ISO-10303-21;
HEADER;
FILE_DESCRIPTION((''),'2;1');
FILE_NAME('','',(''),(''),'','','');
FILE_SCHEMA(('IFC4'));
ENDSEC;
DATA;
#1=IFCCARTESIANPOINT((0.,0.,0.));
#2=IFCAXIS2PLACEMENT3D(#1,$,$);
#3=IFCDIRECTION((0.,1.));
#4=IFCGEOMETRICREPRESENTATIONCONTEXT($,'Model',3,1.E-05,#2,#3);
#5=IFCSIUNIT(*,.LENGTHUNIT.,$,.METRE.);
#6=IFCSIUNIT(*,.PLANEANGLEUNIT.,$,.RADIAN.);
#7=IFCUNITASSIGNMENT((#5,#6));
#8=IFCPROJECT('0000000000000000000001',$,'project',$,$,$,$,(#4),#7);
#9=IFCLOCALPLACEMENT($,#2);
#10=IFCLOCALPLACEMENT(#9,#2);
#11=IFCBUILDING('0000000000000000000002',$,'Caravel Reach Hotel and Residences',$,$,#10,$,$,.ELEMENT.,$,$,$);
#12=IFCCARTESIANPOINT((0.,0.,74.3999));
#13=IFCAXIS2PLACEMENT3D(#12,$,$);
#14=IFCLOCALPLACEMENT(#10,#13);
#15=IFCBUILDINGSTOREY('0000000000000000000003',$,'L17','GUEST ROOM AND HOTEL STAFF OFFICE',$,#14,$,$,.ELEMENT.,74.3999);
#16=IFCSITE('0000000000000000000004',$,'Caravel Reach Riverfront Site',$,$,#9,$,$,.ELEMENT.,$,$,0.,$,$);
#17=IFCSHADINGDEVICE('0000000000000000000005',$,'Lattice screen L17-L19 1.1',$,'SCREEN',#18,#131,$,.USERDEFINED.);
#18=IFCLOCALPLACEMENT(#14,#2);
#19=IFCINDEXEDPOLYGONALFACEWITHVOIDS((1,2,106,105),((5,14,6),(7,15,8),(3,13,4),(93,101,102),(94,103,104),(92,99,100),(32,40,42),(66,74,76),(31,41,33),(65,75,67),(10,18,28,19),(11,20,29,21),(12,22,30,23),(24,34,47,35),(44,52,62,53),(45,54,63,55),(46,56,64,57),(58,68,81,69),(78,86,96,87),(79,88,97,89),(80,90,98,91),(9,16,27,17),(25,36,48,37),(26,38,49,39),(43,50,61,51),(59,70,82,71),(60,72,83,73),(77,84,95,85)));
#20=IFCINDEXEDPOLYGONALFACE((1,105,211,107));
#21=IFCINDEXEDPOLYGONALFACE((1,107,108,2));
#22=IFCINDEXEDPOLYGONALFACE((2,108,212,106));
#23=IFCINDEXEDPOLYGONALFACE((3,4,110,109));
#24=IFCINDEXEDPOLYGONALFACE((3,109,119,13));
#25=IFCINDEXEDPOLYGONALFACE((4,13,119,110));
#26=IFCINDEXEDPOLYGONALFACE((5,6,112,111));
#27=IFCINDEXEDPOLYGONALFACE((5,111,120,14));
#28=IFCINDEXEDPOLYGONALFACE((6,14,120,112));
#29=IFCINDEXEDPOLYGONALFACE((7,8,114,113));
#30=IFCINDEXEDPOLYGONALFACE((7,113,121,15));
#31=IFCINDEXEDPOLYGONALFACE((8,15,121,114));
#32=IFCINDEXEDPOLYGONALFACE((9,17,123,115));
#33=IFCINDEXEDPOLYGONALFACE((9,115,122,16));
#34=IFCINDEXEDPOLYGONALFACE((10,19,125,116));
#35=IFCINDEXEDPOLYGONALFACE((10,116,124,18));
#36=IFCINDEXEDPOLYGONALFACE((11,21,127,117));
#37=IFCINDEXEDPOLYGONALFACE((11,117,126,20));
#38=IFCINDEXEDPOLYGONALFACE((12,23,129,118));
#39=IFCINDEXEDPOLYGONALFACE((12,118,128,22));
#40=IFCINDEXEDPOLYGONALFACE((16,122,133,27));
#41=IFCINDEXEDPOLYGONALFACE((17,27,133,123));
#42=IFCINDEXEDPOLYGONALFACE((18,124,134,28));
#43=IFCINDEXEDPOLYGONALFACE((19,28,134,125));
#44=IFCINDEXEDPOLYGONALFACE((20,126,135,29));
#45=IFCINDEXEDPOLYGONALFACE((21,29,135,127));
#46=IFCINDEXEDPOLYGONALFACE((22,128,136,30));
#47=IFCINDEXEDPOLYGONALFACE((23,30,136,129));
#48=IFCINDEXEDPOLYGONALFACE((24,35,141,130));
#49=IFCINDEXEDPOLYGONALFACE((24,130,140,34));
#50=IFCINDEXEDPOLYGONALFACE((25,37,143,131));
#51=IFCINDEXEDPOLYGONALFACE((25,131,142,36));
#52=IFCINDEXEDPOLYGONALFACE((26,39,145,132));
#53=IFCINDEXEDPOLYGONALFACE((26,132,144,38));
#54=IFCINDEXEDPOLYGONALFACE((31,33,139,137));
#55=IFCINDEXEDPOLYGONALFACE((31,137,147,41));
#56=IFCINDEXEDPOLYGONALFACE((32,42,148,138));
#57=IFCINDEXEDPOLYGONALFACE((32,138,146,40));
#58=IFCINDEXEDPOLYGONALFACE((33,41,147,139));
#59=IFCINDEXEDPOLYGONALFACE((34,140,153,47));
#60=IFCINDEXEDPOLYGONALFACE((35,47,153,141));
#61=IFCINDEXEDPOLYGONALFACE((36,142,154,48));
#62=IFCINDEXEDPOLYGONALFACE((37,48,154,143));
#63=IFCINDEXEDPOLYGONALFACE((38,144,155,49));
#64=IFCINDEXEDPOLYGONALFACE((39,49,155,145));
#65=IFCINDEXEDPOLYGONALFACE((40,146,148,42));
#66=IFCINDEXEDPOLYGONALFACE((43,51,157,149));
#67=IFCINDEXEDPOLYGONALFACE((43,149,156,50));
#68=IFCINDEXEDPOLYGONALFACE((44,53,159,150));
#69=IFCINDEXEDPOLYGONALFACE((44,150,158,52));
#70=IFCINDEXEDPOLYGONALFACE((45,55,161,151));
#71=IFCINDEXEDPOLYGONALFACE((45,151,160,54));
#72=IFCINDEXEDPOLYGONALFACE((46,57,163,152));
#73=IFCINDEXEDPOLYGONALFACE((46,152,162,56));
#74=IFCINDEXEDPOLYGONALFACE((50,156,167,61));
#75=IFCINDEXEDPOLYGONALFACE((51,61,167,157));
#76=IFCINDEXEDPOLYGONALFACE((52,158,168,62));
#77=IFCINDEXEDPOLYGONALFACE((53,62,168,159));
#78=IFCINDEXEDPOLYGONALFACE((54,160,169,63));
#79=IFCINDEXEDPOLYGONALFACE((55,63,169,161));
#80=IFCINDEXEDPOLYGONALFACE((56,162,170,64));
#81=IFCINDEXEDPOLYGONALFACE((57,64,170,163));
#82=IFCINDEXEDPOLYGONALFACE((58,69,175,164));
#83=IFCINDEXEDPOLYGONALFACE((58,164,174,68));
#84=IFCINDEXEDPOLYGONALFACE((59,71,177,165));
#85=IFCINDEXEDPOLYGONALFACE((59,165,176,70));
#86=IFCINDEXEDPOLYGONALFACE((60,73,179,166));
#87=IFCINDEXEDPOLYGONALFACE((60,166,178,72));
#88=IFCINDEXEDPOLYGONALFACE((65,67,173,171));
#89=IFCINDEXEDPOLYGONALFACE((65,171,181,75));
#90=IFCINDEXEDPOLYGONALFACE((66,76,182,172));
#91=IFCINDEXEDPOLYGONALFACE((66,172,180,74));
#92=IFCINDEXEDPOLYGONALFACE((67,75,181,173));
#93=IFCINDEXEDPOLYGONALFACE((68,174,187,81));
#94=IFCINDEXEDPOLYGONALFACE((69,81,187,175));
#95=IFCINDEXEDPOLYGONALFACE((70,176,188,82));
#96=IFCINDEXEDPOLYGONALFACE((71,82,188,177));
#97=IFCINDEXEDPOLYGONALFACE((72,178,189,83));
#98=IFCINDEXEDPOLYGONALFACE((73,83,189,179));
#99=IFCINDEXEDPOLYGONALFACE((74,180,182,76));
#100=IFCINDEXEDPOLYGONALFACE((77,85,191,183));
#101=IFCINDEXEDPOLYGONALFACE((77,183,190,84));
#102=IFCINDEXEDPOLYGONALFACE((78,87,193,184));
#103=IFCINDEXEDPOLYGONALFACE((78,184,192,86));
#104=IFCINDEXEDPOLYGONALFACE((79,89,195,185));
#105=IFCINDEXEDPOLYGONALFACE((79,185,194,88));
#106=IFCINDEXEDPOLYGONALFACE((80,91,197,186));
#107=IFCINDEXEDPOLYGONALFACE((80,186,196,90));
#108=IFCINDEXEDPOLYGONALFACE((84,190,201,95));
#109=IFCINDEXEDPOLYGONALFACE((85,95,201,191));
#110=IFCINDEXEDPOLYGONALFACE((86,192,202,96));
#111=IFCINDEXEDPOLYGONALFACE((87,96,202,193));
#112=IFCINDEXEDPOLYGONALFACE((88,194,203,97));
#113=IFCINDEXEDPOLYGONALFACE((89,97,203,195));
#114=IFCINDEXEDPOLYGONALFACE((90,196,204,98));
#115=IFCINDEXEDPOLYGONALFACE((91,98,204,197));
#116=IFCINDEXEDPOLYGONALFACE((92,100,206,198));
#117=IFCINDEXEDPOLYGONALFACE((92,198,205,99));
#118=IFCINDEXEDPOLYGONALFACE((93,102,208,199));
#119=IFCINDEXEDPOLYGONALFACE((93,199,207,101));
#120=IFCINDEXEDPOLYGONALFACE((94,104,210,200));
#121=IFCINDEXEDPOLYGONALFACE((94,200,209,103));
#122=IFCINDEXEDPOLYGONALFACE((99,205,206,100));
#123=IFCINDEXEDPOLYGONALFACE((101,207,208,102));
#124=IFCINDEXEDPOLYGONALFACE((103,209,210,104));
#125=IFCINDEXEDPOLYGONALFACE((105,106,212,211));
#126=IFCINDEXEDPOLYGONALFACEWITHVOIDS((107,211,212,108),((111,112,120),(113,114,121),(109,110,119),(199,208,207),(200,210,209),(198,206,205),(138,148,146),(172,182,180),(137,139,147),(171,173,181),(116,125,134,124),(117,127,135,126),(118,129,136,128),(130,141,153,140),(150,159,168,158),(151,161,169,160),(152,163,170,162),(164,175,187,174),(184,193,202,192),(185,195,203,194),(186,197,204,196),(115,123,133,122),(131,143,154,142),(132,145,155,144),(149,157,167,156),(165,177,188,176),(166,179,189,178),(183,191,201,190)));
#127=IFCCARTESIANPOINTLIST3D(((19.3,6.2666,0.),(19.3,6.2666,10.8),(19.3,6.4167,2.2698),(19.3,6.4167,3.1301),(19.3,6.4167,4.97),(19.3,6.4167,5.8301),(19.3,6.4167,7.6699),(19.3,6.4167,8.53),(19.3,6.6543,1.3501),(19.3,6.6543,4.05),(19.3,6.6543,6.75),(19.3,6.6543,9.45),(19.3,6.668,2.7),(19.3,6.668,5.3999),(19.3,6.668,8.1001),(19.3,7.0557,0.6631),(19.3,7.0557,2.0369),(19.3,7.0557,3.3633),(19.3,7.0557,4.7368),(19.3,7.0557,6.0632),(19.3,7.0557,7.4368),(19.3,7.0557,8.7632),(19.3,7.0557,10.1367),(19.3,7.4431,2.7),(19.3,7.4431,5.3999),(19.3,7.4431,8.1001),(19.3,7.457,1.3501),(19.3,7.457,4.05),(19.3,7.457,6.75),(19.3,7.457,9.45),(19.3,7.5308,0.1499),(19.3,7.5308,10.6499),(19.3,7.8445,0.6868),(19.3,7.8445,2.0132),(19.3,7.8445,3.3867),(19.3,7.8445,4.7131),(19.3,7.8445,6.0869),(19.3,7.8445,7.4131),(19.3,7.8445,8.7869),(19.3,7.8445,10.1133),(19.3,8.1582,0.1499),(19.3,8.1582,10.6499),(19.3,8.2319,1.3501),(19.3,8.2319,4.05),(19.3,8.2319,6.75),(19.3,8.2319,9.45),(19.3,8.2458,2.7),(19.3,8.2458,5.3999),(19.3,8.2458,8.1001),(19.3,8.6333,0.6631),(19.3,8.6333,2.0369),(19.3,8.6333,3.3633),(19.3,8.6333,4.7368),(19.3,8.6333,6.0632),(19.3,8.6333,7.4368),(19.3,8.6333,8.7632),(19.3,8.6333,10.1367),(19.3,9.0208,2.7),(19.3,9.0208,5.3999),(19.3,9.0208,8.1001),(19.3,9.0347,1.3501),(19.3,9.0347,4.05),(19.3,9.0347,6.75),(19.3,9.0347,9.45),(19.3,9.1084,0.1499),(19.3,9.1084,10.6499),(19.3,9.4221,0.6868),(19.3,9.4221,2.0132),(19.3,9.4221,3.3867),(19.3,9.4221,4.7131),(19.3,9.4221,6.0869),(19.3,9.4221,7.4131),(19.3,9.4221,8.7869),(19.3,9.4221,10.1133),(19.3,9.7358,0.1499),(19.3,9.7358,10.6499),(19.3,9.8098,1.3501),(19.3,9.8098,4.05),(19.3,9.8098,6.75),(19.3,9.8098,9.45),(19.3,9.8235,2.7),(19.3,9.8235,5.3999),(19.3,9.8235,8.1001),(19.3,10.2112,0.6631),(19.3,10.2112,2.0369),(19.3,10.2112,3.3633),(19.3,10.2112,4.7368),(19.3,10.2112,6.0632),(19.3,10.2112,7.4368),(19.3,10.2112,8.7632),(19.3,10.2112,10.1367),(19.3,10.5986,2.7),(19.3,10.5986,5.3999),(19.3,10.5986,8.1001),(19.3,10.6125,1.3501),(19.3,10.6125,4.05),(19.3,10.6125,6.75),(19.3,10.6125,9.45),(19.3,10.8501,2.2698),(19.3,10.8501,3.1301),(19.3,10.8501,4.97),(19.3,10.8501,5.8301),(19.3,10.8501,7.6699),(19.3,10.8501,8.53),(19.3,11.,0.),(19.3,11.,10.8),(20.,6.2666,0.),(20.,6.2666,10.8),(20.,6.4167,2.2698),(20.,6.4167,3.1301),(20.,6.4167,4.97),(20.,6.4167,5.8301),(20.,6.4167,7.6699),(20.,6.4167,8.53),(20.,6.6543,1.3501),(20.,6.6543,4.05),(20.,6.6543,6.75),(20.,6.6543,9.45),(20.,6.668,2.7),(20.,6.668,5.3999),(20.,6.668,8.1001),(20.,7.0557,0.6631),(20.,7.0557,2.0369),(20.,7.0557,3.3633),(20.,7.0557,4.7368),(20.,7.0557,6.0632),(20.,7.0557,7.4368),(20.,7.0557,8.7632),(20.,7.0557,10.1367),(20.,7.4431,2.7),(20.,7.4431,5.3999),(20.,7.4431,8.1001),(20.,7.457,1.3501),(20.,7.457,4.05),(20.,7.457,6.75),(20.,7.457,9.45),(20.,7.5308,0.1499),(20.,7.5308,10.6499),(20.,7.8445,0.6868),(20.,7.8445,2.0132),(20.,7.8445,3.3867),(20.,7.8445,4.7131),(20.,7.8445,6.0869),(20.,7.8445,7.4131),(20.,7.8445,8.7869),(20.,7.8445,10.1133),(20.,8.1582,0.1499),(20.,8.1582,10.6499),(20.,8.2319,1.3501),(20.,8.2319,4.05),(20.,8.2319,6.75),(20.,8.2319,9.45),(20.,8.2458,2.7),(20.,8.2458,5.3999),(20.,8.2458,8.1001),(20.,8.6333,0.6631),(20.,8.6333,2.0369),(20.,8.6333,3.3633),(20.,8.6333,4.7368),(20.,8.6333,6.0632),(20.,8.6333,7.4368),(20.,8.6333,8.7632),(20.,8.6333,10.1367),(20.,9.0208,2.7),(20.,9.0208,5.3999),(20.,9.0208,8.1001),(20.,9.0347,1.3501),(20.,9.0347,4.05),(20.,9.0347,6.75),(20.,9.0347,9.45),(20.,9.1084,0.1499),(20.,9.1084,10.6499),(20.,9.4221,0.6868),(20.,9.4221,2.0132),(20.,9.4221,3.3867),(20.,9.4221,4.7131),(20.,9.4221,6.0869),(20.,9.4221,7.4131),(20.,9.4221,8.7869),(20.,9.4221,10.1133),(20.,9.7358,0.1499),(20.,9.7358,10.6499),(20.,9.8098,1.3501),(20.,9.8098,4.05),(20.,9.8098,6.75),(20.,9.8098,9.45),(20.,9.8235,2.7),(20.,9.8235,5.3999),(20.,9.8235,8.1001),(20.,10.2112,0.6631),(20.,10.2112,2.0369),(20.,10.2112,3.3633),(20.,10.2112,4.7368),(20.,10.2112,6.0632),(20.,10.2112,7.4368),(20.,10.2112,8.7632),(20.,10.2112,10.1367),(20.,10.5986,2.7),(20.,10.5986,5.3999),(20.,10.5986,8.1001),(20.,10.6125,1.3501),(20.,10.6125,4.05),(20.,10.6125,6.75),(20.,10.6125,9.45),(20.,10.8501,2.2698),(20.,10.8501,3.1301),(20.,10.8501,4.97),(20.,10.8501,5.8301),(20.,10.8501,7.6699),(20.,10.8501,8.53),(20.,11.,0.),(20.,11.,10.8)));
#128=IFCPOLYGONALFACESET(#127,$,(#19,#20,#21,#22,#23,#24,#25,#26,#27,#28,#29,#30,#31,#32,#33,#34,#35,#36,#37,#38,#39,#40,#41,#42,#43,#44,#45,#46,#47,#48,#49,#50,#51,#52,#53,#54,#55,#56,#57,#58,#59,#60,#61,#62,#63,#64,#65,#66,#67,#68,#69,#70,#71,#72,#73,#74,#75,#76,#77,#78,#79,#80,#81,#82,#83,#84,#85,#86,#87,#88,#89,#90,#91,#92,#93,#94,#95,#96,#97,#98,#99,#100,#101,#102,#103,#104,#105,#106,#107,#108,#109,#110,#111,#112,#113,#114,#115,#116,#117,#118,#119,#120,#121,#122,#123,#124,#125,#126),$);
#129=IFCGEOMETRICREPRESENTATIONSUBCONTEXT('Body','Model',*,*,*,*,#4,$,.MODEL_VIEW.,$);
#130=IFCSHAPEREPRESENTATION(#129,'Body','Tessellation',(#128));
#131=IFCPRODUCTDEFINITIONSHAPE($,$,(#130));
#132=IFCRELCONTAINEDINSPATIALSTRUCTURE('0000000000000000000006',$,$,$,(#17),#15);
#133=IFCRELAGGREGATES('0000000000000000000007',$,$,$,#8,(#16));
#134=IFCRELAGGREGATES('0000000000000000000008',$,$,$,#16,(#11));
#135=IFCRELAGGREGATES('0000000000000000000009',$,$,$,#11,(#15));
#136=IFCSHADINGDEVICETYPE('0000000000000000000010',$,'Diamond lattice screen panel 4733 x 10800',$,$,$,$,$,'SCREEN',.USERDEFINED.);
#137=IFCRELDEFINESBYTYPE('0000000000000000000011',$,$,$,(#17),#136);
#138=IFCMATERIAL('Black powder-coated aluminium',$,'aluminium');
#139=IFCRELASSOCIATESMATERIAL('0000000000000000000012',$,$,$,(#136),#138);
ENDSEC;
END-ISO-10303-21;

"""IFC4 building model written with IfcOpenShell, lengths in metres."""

from ifc_helpers import new_model, si_unit, direction, frame, origin, place, context, subcontext, project, spatial, polyline, outline, extrude, material, type_object, element, save


model = new_model("IFC4")

# Units and contexts
model_context = context("Model", 3, precision=1e-05, world=origin(), true_north=direction((0.0, 1.0)))
body_context = subcontext(model_context, "Body", "Model", "MODEL_VIEW")
ifc_project = project(units=[si_unit("LENGTHUNIT", "METRE"), si_unit("PLANEANGLEUNIT", "RADIAN")], contexts=[model_context])

# Site, building, storey
site_placement = place(None, origin())
site = spatial("IfcSite", under=ifc_project, at=site_placement, Name="Caravel Reach Riverfront Site", CompositionType="ELEMENT", RefElevation=0.0)
building_placement = place(site_placement, origin())
building = spatial("IfcBuilding", under=site, at=building_placement, Name="Caravel Reach Hotel and Residences", CompositionType="ELEMENT")
storey_placement = place(building_placement, frame((0.0, 0.0, 74.3999)))
storey = spatial("IfcBuildingStorey", under=building, at=storey_placement, Name="L17", Description="GUEST ROOM AND HOTEL STAFF OFFICE", CompositionType="ELEMENT", Elevation=74.3999)

# Shading device
ifc_material_1 = material(Name="Black powder-coated aluminium", Category="aluminium")
shading_device_type = type_object("IfcShadingDeviceType", Name="Diamond lattice screen panel 4733 x 10800", ElementType="SCREEN", PredefinedType="USERDEFINED", material=ifc_material_1)
shading_device_1_placement = place(storey_placement, frame((20.0, 11.0, 0.0), z_axis=(-1.0, 0.0, 0.0), x_axis=(0.0, -1.0, 0.0)))
element("IfcShadingDevice", 1, at=shading_device_1_placement, inside=storey, type_object=shading_device_type, Name="Lattice screen L17-L19 1.1", ObjectType="SCREEN", PredefinedType="USERDEFINED", context=body_context, shape_type="SweptSolid", body=[
    extrude(outline(polyline([(0.0, 0.0), (4.7334, 0.0), (4.7334, 10.8), (0.0, 10.8), (0.0, 0.0)]), holes=[polyline([(0.4014, 2.7), (0.1499, 3.1301), (0.1499, 2.2698), (0.4014, 2.7)]), polyline([(0.4014, 5.3999), (0.1499, 5.8301), (0.1499, 4.97), (0.4014, 5.3999)]), polyline([(0.4014, 8.1001), (0.1499, 8.53), (0.1499, 7.6699), (0.4014, 8.1001)]), polyline([(0.7888, 2.0369), (0.3875, 1.3501), (0.7888, 0.6631), (1.1902, 1.3501), (0.7888, 2.0369)]), polyline([(0.7888, 4.7368), (0.3875, 4.05), (0.7888, 3.3633), (1.1902, 4.05), (0.7888, 4.7368)]), polyline([(0.7888, 7.4368), (0.3875, 6.75), (0.7888, 6.0632), (1.1902, 6.75), (0.7888, 7.4368)]), polyline([(0.7888, 10.1367), (0.3875, 9.45), (0.7888, 8.7632), (1.1902, 9.45), (0.7888, 10.1367)]), polyline([(1.5779, 0.6868), (1.2642, 0.1499), (1.8916, 0.1499), (1.5779, 0.6868)]), polyline([(1.5779, 3.3867), (1.1765, 2.7), (1.5779, 2.0132), (1.9792, 2.7), (1.5779, 3.3867)]), polyline([(1.5779, 6.0869), (1.1765, 5.3999), (1.5779, 4.7131), (1.9792, 5.3999), (1.5779, 6.0869)]), polyline([(1.5779, 8.7869), (1.1765, 8.1001), (1.5779, 7.4131), (1.9792, 8.1001), (1.5779, 8.7869)]), polyline([(1.5779, 10.1133), (1.8916, 10.6499), (1.2642, 10.6499), (1.5779, 10.1133)]), polyline([(2.3667, 2.0369), (1.9653, 1.3501), (2.3667, 0.6631), (2.7681, 1.3501), (2.3667, 2.0369)]), polyline([(2.3667, 4.7368), (1.9653, 4.05), (2.3667, 3.3633), (2.7681, 4.05), (2.3667, 4.7368)]), polyline([(2.3667, 7.4368), (1.9653, 6.75), (2.3667, 6.0632), (2.7681, 6.75), (2.3667, 7.4368)]), polyline([(2.3667, 10.1367), (1.9653, 9.45), (2.3667, 8.7632), (2.7681, 9.45), (2.3667, 10.1367)]), polyline([(3.1555, 0.6868), (2.8418, 0.1499), (3.4692, 0.1499), (3.1555, 0.6868)]), polyline([(3.1555, 3.3867), (2.7542, 2.7), (3.1555, 2.0132), (3.5569, 2.7), (3.1555, 3.3867)]), polyline([(3.1555, 6.0869), (2.7542, 5.3999), (3.1555, 4.7131), (3.5569, 5.3999), (3.1555, 6.0869)]), polyline([(3.1555, 8.7869), (2.7542, 8.1001), (3.1555, 7.4131), (3.5569, 8.1001), (3.1555, 8.7869)]), polyline([(3.1555, 10.1133), (3.4692, 10.6499), (2.8418, 10.6499), (3.1555, 10.1133)]), polyline([(3.9443, 2.0369), (3.543, 1.3501), (3.9443, 0.6631), (4.3457, 1.3501), (3.9443, 2.0369)]), polyline([(3.9443, 4.7368), (3.543, 4.05), (3.9443, 3.3633), (4.3457, 4.05), (3.9443, 4.7368)]), polyline([(3.9443, 7.4368), (3.543, 6.75), (3.9443, 6.0632), (4.3457, 6.75), (3.9443, 7.4368)]), polyline([(3.9443, 10.1367), (3.543, 9.45), (3.9443, 8.7632), (4.3457, 9.45), (3.9443, 10.1367)]), polyline([(4.332, 2.7), (4.5833, 2.2698), (4.5833, 3.1301), (4.332, 2.7)]), polyline([(4.332, 5.3999), (4.5833, 4.97), (4.5833, 5.8301), (4.332, 5.3999)]), polyline([(4.332, 8.1001), (4.5833, 7.6699), (4.5833, 8.53), (4.332, 8.1001)])]), origin(), (0.0, 0.0, 1.0), 0.7),
])

save(model, "model.ifc")
